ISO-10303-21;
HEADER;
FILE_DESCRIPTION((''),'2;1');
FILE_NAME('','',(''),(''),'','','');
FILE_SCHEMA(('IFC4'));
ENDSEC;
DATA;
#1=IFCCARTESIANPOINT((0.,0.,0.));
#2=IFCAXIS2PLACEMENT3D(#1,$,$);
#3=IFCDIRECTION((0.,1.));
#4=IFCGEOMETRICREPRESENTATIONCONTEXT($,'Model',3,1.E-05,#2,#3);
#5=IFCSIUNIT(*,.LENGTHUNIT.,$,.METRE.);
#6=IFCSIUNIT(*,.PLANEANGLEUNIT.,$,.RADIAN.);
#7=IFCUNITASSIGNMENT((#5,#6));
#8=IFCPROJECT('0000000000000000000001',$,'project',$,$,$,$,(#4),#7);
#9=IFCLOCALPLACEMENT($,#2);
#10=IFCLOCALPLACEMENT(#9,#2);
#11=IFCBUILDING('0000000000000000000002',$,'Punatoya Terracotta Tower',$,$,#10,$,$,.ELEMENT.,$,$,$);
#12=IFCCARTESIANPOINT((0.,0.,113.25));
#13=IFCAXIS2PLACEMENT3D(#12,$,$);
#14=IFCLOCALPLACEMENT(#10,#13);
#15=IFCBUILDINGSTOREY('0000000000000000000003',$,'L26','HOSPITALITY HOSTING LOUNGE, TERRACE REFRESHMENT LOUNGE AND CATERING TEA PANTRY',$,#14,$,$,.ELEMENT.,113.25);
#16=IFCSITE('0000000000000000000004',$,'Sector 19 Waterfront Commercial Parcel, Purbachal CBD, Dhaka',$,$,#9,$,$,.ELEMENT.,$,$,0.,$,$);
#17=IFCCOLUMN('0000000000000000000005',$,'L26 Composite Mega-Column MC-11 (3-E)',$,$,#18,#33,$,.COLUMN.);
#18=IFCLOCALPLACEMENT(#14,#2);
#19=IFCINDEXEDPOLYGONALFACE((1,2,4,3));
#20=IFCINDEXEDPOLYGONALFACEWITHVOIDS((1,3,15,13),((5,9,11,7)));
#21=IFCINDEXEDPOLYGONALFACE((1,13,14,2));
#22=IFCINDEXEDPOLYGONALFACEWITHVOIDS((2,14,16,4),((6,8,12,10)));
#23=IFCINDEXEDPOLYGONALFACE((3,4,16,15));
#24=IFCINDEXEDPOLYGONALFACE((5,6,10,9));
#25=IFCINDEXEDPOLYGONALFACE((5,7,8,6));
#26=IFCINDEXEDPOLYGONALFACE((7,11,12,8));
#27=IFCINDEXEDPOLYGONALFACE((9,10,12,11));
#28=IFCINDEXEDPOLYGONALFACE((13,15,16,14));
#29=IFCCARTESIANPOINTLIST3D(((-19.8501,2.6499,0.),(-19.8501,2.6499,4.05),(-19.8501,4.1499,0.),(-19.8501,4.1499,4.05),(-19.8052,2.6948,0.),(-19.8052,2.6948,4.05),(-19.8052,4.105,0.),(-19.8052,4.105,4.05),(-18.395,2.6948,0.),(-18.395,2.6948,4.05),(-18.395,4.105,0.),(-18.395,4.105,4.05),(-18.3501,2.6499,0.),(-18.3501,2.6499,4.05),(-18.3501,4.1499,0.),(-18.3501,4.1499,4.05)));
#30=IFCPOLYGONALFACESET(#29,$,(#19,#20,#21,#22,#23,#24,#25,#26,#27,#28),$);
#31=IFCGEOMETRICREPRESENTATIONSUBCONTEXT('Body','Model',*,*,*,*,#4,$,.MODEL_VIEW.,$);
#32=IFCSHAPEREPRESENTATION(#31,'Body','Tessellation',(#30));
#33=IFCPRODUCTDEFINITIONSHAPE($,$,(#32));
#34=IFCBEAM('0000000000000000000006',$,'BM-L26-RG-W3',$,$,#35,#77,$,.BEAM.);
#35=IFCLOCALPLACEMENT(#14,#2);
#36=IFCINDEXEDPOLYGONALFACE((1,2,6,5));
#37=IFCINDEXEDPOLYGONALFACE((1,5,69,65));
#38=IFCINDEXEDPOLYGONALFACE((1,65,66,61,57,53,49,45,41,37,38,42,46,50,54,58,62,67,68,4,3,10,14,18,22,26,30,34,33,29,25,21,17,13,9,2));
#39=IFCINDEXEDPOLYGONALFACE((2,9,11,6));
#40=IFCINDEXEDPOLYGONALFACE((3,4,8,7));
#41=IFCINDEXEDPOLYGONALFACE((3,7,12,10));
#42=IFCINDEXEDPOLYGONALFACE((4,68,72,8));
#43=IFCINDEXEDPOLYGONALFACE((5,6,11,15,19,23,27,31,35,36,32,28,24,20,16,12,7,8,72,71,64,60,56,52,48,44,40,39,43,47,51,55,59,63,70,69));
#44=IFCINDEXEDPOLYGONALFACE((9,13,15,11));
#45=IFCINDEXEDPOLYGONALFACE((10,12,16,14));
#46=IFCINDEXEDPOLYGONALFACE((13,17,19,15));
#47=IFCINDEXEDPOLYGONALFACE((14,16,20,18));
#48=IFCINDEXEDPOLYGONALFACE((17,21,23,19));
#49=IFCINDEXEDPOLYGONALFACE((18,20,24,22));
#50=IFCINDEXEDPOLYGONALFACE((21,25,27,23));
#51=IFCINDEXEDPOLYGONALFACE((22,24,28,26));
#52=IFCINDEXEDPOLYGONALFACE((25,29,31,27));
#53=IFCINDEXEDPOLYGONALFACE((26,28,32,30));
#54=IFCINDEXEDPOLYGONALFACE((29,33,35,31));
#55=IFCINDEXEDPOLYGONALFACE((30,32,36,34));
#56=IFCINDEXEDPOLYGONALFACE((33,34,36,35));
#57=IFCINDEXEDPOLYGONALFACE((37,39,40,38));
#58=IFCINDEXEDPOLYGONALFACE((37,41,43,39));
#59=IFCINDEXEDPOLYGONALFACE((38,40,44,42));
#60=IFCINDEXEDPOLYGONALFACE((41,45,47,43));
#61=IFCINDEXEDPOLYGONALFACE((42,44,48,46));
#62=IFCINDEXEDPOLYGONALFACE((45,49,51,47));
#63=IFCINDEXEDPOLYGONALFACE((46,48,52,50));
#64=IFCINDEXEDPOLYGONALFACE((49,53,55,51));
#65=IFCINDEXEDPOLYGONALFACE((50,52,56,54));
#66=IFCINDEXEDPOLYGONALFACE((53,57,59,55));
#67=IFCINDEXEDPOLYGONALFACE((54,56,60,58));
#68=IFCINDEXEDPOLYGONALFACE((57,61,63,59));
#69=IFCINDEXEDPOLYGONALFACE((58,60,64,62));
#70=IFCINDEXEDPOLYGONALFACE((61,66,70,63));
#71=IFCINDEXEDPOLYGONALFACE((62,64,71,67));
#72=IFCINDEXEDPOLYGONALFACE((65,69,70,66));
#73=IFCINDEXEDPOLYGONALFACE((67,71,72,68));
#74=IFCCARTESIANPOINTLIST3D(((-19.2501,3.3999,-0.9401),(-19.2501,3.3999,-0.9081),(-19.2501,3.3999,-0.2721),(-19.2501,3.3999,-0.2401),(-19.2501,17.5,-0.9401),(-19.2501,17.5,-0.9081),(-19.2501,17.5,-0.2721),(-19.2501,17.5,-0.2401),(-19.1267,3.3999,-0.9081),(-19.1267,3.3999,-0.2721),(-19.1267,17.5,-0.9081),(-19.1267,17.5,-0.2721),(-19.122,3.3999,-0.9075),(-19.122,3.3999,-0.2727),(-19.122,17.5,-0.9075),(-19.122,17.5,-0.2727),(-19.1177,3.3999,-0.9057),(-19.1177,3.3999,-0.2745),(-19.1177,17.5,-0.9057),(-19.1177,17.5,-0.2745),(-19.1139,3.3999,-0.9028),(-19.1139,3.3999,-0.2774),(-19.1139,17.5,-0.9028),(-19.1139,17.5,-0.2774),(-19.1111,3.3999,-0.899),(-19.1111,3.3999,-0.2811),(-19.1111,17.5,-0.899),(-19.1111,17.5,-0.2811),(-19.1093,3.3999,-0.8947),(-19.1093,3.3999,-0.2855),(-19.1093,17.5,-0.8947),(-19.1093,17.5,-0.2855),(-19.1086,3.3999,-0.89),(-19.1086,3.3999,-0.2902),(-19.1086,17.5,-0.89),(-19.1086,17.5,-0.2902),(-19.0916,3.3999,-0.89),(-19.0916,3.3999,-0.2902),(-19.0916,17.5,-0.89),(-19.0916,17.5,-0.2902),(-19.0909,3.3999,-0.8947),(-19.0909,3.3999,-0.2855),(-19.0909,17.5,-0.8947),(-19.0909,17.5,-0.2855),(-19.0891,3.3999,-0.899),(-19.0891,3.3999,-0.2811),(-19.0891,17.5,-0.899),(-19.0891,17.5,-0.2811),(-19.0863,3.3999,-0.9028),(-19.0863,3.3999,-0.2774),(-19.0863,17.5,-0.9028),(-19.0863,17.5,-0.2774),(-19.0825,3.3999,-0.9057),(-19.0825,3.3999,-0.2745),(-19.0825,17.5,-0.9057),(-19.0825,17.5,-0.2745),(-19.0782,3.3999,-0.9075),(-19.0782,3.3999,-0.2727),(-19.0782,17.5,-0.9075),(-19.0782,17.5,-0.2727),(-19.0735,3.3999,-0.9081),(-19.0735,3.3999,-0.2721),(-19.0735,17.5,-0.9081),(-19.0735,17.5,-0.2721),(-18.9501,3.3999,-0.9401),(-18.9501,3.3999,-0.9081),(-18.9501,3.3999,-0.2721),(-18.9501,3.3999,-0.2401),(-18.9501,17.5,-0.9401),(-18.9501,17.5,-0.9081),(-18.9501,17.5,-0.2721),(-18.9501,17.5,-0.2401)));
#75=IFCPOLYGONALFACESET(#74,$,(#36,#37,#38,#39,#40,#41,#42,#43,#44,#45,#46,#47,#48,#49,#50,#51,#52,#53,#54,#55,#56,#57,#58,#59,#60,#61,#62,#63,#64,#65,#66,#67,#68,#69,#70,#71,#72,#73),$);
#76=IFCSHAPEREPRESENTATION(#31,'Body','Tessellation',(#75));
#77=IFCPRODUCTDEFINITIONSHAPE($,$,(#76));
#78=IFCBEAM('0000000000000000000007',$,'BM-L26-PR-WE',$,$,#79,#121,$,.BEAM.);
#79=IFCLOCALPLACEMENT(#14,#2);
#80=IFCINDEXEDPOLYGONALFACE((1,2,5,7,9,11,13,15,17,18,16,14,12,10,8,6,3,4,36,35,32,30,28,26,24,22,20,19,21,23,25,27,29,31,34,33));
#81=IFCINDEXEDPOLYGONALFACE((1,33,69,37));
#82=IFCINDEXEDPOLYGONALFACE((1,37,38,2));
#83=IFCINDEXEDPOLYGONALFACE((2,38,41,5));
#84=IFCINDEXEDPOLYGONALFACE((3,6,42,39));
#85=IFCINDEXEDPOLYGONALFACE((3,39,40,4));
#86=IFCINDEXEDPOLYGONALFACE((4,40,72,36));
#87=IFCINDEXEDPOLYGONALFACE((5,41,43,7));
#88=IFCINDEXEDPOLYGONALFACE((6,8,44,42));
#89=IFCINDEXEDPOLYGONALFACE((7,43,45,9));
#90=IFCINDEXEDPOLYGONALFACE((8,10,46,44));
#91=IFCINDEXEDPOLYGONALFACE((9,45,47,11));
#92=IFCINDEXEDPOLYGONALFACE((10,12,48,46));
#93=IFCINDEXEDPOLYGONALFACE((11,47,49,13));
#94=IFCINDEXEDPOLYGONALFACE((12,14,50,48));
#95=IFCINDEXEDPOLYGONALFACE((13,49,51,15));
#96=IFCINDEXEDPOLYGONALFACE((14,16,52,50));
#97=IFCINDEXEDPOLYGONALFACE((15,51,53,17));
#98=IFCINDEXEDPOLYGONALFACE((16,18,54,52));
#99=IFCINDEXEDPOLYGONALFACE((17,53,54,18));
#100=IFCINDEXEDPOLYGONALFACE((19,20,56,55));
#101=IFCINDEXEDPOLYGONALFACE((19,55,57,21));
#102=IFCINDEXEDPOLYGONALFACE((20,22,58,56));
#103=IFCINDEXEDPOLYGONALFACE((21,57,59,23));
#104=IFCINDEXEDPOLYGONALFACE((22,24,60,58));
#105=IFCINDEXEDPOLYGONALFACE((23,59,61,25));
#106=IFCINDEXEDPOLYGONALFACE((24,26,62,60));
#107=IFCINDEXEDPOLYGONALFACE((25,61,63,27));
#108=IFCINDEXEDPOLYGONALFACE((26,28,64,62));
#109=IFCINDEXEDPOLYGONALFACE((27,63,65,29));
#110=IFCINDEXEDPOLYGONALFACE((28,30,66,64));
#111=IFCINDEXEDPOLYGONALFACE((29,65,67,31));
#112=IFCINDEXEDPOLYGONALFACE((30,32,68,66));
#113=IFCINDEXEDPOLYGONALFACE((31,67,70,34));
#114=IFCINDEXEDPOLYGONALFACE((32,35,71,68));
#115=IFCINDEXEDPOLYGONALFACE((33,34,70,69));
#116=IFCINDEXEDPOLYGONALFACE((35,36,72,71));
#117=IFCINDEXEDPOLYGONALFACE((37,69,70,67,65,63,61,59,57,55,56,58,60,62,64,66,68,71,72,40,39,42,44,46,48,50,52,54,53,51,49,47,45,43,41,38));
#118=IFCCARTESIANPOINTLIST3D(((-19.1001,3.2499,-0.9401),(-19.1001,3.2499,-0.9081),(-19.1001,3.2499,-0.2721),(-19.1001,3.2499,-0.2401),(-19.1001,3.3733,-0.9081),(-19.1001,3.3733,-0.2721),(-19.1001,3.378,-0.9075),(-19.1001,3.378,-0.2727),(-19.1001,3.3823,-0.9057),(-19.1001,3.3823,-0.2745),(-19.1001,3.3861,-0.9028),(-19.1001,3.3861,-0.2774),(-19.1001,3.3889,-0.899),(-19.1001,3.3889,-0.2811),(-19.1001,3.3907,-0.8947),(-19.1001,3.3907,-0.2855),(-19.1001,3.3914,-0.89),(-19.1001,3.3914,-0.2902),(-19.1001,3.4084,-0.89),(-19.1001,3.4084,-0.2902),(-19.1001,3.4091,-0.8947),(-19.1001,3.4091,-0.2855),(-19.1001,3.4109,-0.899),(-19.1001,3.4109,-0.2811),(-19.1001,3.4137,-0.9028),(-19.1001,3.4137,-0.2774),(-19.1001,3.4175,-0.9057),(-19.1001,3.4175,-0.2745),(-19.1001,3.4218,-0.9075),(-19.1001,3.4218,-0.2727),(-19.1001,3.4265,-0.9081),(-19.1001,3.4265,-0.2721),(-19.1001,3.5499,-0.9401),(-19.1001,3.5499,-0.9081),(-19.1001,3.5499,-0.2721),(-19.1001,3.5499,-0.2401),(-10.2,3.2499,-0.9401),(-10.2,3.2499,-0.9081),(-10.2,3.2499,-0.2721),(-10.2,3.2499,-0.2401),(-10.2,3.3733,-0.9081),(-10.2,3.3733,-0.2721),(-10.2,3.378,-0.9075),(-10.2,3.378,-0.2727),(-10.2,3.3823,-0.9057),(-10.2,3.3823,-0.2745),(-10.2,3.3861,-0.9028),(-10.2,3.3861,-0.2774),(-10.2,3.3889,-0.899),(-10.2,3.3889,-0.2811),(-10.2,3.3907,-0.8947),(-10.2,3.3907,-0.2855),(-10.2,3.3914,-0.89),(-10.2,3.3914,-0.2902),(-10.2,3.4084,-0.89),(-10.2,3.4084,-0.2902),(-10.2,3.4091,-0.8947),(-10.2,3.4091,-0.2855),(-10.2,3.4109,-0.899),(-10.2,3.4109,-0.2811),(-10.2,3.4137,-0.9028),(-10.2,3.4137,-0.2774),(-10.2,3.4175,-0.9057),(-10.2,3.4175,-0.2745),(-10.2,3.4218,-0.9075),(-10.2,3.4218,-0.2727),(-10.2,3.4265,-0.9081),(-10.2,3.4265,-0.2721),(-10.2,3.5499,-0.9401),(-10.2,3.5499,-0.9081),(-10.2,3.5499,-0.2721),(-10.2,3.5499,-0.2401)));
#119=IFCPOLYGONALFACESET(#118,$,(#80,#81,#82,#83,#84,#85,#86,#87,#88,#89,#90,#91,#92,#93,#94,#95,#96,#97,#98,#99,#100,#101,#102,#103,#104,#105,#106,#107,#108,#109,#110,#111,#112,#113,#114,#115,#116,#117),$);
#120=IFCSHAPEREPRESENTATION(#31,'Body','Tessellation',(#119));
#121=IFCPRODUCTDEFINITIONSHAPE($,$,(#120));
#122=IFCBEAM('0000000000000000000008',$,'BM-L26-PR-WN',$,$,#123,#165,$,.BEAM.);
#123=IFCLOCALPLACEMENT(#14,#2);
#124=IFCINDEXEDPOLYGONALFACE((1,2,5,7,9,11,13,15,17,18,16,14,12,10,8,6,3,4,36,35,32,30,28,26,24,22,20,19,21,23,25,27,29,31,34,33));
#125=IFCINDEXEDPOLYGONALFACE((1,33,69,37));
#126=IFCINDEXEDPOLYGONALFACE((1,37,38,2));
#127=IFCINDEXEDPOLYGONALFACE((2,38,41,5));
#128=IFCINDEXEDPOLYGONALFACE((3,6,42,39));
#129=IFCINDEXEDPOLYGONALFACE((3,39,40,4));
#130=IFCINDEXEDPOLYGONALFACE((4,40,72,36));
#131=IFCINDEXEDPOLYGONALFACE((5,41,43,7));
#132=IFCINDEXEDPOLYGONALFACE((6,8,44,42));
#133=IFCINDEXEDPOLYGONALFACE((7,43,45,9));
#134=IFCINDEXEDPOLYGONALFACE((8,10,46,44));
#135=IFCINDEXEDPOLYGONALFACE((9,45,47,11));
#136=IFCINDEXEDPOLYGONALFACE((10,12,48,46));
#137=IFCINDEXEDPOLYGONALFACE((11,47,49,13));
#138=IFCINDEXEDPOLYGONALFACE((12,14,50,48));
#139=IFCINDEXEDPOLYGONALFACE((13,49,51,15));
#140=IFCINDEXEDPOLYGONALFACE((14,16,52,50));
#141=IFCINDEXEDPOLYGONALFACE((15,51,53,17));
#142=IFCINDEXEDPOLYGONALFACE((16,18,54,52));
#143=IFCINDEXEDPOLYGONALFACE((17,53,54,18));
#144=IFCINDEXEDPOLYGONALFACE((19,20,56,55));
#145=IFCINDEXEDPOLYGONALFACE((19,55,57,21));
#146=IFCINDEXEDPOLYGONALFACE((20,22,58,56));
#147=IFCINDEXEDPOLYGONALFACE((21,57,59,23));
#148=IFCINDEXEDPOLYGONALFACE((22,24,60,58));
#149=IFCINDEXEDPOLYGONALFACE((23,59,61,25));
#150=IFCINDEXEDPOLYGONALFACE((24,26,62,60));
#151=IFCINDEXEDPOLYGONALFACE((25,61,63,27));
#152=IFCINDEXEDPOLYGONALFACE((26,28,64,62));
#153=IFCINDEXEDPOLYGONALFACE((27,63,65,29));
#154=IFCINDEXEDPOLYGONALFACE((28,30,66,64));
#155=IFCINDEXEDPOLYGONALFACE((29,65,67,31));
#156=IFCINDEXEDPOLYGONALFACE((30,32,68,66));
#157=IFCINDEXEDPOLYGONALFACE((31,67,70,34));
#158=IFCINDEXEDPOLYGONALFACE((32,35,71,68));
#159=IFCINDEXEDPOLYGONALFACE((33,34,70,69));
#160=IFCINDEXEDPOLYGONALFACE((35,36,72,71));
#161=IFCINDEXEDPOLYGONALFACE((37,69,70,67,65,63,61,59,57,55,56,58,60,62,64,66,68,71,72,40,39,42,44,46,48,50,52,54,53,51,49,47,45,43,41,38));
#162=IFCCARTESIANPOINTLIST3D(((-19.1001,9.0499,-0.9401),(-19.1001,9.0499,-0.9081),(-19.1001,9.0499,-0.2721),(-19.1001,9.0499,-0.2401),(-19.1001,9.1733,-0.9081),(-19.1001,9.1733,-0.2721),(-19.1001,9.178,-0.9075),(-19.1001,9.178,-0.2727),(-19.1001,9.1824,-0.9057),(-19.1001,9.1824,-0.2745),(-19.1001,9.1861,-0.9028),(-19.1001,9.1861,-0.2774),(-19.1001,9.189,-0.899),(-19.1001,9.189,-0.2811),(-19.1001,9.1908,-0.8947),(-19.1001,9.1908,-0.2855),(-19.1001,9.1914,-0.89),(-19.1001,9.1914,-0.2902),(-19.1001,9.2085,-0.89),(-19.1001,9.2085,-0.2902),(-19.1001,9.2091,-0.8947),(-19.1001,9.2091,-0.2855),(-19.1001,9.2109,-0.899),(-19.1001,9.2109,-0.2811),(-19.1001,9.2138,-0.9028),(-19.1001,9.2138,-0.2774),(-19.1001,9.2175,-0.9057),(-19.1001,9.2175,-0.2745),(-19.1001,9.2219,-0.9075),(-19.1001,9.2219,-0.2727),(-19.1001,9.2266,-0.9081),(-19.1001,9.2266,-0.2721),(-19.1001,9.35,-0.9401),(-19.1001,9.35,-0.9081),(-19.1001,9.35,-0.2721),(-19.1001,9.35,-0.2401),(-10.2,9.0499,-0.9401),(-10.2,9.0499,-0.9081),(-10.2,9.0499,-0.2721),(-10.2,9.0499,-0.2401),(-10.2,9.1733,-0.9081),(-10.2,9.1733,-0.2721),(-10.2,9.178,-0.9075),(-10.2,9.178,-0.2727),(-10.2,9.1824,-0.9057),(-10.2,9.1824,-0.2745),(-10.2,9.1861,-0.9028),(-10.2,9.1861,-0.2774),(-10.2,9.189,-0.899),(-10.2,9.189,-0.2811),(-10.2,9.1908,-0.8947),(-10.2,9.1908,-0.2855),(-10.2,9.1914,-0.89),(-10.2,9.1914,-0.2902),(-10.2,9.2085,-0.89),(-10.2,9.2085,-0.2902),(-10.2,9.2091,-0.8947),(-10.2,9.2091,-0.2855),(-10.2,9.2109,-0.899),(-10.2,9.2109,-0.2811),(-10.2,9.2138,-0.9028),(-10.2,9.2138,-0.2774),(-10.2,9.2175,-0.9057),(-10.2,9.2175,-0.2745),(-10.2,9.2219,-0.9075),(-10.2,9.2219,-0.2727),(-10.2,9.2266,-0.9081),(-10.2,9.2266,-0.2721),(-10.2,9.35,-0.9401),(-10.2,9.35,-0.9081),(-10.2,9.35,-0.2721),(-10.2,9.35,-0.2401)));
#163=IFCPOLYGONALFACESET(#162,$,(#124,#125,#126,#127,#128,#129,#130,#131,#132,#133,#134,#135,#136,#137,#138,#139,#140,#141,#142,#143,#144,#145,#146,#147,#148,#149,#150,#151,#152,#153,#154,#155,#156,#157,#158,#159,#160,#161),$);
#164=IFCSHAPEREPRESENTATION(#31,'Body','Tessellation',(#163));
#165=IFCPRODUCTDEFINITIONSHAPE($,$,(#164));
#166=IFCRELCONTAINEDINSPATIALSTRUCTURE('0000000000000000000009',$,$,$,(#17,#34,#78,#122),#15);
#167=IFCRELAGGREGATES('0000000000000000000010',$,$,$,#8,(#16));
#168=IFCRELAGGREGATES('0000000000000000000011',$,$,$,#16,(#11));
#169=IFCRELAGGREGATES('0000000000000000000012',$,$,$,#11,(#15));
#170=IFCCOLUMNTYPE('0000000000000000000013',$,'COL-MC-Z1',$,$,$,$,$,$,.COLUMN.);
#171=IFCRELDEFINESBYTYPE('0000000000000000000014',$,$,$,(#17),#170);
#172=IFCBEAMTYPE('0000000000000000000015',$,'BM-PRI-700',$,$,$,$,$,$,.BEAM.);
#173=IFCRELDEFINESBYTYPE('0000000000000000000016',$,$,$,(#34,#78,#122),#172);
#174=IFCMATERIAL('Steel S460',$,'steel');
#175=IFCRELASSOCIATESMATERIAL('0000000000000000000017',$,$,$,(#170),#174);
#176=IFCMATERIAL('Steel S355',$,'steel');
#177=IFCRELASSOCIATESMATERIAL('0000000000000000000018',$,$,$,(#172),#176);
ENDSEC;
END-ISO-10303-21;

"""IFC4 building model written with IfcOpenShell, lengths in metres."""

from ifc_helpers import new_model, si_unit, direction, frame, origin, origin_2d, place, context, subcontext, project, spatial, hollow_rectangle, i_section, extrude, material, material_profile, profile_set, type_object, element, save


model = new_model("IFC4")

# Units and contexts
model_context = context("Model", 3, precision=1e-05, world=origin(), true_north=direction((0.0, 1.0)))
body_context = subcontext(model_context, "Body", "Model", "MODEL_VIEW")
ifc_project = project(units=[si_unit("LENGTHUNIT", "METRE"), si_unit("PLANEANGLEUNIT", "RADIAN")], contexts=[model_context])

# Site, building, storey
site_placement = place(None, origin())
site = spatial("IfcSite", under=ifc_project, at=site_placement, Name="Sector 19 Waterfront Commercial Parcel, Purbachal CBD, Dhaka", CompositionType="ELEMENT", RefElevation=0.0)
building_placement = place(site_placement, origin())
building = spatial("IfcBuilding", under=site, at=building_placement, Name="Punatoya Terracotta Tower", CompositionType="ELEMENT")
storey_placement = place(building_placement, frame((0.0, 0.0, 113.25)))
storey = spatial("IfcBuildingStorey", under=building, at=storey_placement, Name="L26", Description="HOSPITALITY HOSTING LOUNGE, TERRACE REFRESHMENT LOUNGE AND CATERING TEA PANTRY", CompositionType="ELEMENT", Elevation=113.25)

# Column
ifc_material_1 = material(Name="Steel S460", Category="steel")
ifc_material_profile_1 = material_profile(ifc_material_1, hollow_rectangle(XDim=1.5, YDim=1.5, WallThickness=0.0449, at=origin_2d()))
ifc_profile_set_1 = profile_set([ifc_material_profile_1], Name="Steel S460")
column_type = type_object("IfcColumnType", Name="COL-MC-Z1", PredefinedType="COLUMN", material=ifc_profile_set_1)
column_placement = place(storey_placement, frame((-19.1001, 3.3999, 0.0), z_axis=(0.0, 0.0, 1.0), x_axis=(1.0, 0.0, 0.0)))
element("IfcColumn", 1, at=column_placement, inside=storey, type_object=column_type, Name="L26 Composite Mega-Column MC-11 (3-E)", PredefinedType="COLUMN", context=body_context, shape_type="SweptSolid", body=[
    extrude(hollow_rectangle(XDim=1.5, YDim=1.5, WallThickness=0.0449, at=origin_2d()), origin(), (0.0, 0.0, 1.0), 4.05),
])

# Beams
ifc_material_2 = material(Name="Steel S355", Category="steel")
ifc_material_profile_2 = material_profile(ifc_material_2, i_section(OverallWidth=0.3, OverallDepth=0.7, WebThickness=0.0171, FlangeThickness=0.032, FilletRadius=0.0181, at=origin_2d()))
ifc_profile_set_2 = profile_set([ifc_material_profile_2], Name="Steel S355")
beam_type_1 = type_object("IfcBeamType", Name="BM-PRI-700", PredefinedType="BEAM", material=ifc_profile_set_2)
beam_1_placement = place(storey_placement, frame((-19.1001, 3.3999, -0.5901), z_axis=(0.0, 1.0, 0.0), x_axis=(-1.0, 0.0, 0.0)))
element("IfcBeam", 2, at=beam_1_placement, inside=storey, type_object=beam_type_1, Name="BM-L26-RG-W3", PredefinedType="BEAM", context=body_context, shape_type="SweptSolid", body=[
    extrude(i_section(OverallWidth=0.3, OverallDepth=0.7, WebThickness=0.0171, FlangeThickness=0.032, FilletRadius=0.0181, at=origin_2d()), origin(), (0.0, 0.0, 1.0), 14.1001),
])
for number, where, z_axis, x_axis, name in (
    (3, (-19.1001, 3.3999, -0.5901), (1.0, 0.0, 0.0), (0.0, 1.0, 0.0), "BM-L26-PR-WE"),
    (4, (-19.1001, 9.2, -0.5901), (1.0, 0.0, 0.0), (0.0, 1.0, 0.0), "BM-L26-PR-WN"),
):
    element("IfcBeam", number, at=place(storey_placement, frame(where, z_axis=z_axis, x_axis=x_axis)), inside=storey, type_object=beam_type_1, Name=name, PredefinedType="BEAM", context=body_context, shape_type="SweptSolid", body=[
        extrude(i_section(OverallWidth=0.3, OverallDepth=0.7, WebThickness=0.0171, FlangeThickness=0.032, FilletRadius=0.0181, at=origin_2d()), origin(), (0.0, 0.0, 1.0), 8.9001),
    ])

save(model, "model.ifc")
